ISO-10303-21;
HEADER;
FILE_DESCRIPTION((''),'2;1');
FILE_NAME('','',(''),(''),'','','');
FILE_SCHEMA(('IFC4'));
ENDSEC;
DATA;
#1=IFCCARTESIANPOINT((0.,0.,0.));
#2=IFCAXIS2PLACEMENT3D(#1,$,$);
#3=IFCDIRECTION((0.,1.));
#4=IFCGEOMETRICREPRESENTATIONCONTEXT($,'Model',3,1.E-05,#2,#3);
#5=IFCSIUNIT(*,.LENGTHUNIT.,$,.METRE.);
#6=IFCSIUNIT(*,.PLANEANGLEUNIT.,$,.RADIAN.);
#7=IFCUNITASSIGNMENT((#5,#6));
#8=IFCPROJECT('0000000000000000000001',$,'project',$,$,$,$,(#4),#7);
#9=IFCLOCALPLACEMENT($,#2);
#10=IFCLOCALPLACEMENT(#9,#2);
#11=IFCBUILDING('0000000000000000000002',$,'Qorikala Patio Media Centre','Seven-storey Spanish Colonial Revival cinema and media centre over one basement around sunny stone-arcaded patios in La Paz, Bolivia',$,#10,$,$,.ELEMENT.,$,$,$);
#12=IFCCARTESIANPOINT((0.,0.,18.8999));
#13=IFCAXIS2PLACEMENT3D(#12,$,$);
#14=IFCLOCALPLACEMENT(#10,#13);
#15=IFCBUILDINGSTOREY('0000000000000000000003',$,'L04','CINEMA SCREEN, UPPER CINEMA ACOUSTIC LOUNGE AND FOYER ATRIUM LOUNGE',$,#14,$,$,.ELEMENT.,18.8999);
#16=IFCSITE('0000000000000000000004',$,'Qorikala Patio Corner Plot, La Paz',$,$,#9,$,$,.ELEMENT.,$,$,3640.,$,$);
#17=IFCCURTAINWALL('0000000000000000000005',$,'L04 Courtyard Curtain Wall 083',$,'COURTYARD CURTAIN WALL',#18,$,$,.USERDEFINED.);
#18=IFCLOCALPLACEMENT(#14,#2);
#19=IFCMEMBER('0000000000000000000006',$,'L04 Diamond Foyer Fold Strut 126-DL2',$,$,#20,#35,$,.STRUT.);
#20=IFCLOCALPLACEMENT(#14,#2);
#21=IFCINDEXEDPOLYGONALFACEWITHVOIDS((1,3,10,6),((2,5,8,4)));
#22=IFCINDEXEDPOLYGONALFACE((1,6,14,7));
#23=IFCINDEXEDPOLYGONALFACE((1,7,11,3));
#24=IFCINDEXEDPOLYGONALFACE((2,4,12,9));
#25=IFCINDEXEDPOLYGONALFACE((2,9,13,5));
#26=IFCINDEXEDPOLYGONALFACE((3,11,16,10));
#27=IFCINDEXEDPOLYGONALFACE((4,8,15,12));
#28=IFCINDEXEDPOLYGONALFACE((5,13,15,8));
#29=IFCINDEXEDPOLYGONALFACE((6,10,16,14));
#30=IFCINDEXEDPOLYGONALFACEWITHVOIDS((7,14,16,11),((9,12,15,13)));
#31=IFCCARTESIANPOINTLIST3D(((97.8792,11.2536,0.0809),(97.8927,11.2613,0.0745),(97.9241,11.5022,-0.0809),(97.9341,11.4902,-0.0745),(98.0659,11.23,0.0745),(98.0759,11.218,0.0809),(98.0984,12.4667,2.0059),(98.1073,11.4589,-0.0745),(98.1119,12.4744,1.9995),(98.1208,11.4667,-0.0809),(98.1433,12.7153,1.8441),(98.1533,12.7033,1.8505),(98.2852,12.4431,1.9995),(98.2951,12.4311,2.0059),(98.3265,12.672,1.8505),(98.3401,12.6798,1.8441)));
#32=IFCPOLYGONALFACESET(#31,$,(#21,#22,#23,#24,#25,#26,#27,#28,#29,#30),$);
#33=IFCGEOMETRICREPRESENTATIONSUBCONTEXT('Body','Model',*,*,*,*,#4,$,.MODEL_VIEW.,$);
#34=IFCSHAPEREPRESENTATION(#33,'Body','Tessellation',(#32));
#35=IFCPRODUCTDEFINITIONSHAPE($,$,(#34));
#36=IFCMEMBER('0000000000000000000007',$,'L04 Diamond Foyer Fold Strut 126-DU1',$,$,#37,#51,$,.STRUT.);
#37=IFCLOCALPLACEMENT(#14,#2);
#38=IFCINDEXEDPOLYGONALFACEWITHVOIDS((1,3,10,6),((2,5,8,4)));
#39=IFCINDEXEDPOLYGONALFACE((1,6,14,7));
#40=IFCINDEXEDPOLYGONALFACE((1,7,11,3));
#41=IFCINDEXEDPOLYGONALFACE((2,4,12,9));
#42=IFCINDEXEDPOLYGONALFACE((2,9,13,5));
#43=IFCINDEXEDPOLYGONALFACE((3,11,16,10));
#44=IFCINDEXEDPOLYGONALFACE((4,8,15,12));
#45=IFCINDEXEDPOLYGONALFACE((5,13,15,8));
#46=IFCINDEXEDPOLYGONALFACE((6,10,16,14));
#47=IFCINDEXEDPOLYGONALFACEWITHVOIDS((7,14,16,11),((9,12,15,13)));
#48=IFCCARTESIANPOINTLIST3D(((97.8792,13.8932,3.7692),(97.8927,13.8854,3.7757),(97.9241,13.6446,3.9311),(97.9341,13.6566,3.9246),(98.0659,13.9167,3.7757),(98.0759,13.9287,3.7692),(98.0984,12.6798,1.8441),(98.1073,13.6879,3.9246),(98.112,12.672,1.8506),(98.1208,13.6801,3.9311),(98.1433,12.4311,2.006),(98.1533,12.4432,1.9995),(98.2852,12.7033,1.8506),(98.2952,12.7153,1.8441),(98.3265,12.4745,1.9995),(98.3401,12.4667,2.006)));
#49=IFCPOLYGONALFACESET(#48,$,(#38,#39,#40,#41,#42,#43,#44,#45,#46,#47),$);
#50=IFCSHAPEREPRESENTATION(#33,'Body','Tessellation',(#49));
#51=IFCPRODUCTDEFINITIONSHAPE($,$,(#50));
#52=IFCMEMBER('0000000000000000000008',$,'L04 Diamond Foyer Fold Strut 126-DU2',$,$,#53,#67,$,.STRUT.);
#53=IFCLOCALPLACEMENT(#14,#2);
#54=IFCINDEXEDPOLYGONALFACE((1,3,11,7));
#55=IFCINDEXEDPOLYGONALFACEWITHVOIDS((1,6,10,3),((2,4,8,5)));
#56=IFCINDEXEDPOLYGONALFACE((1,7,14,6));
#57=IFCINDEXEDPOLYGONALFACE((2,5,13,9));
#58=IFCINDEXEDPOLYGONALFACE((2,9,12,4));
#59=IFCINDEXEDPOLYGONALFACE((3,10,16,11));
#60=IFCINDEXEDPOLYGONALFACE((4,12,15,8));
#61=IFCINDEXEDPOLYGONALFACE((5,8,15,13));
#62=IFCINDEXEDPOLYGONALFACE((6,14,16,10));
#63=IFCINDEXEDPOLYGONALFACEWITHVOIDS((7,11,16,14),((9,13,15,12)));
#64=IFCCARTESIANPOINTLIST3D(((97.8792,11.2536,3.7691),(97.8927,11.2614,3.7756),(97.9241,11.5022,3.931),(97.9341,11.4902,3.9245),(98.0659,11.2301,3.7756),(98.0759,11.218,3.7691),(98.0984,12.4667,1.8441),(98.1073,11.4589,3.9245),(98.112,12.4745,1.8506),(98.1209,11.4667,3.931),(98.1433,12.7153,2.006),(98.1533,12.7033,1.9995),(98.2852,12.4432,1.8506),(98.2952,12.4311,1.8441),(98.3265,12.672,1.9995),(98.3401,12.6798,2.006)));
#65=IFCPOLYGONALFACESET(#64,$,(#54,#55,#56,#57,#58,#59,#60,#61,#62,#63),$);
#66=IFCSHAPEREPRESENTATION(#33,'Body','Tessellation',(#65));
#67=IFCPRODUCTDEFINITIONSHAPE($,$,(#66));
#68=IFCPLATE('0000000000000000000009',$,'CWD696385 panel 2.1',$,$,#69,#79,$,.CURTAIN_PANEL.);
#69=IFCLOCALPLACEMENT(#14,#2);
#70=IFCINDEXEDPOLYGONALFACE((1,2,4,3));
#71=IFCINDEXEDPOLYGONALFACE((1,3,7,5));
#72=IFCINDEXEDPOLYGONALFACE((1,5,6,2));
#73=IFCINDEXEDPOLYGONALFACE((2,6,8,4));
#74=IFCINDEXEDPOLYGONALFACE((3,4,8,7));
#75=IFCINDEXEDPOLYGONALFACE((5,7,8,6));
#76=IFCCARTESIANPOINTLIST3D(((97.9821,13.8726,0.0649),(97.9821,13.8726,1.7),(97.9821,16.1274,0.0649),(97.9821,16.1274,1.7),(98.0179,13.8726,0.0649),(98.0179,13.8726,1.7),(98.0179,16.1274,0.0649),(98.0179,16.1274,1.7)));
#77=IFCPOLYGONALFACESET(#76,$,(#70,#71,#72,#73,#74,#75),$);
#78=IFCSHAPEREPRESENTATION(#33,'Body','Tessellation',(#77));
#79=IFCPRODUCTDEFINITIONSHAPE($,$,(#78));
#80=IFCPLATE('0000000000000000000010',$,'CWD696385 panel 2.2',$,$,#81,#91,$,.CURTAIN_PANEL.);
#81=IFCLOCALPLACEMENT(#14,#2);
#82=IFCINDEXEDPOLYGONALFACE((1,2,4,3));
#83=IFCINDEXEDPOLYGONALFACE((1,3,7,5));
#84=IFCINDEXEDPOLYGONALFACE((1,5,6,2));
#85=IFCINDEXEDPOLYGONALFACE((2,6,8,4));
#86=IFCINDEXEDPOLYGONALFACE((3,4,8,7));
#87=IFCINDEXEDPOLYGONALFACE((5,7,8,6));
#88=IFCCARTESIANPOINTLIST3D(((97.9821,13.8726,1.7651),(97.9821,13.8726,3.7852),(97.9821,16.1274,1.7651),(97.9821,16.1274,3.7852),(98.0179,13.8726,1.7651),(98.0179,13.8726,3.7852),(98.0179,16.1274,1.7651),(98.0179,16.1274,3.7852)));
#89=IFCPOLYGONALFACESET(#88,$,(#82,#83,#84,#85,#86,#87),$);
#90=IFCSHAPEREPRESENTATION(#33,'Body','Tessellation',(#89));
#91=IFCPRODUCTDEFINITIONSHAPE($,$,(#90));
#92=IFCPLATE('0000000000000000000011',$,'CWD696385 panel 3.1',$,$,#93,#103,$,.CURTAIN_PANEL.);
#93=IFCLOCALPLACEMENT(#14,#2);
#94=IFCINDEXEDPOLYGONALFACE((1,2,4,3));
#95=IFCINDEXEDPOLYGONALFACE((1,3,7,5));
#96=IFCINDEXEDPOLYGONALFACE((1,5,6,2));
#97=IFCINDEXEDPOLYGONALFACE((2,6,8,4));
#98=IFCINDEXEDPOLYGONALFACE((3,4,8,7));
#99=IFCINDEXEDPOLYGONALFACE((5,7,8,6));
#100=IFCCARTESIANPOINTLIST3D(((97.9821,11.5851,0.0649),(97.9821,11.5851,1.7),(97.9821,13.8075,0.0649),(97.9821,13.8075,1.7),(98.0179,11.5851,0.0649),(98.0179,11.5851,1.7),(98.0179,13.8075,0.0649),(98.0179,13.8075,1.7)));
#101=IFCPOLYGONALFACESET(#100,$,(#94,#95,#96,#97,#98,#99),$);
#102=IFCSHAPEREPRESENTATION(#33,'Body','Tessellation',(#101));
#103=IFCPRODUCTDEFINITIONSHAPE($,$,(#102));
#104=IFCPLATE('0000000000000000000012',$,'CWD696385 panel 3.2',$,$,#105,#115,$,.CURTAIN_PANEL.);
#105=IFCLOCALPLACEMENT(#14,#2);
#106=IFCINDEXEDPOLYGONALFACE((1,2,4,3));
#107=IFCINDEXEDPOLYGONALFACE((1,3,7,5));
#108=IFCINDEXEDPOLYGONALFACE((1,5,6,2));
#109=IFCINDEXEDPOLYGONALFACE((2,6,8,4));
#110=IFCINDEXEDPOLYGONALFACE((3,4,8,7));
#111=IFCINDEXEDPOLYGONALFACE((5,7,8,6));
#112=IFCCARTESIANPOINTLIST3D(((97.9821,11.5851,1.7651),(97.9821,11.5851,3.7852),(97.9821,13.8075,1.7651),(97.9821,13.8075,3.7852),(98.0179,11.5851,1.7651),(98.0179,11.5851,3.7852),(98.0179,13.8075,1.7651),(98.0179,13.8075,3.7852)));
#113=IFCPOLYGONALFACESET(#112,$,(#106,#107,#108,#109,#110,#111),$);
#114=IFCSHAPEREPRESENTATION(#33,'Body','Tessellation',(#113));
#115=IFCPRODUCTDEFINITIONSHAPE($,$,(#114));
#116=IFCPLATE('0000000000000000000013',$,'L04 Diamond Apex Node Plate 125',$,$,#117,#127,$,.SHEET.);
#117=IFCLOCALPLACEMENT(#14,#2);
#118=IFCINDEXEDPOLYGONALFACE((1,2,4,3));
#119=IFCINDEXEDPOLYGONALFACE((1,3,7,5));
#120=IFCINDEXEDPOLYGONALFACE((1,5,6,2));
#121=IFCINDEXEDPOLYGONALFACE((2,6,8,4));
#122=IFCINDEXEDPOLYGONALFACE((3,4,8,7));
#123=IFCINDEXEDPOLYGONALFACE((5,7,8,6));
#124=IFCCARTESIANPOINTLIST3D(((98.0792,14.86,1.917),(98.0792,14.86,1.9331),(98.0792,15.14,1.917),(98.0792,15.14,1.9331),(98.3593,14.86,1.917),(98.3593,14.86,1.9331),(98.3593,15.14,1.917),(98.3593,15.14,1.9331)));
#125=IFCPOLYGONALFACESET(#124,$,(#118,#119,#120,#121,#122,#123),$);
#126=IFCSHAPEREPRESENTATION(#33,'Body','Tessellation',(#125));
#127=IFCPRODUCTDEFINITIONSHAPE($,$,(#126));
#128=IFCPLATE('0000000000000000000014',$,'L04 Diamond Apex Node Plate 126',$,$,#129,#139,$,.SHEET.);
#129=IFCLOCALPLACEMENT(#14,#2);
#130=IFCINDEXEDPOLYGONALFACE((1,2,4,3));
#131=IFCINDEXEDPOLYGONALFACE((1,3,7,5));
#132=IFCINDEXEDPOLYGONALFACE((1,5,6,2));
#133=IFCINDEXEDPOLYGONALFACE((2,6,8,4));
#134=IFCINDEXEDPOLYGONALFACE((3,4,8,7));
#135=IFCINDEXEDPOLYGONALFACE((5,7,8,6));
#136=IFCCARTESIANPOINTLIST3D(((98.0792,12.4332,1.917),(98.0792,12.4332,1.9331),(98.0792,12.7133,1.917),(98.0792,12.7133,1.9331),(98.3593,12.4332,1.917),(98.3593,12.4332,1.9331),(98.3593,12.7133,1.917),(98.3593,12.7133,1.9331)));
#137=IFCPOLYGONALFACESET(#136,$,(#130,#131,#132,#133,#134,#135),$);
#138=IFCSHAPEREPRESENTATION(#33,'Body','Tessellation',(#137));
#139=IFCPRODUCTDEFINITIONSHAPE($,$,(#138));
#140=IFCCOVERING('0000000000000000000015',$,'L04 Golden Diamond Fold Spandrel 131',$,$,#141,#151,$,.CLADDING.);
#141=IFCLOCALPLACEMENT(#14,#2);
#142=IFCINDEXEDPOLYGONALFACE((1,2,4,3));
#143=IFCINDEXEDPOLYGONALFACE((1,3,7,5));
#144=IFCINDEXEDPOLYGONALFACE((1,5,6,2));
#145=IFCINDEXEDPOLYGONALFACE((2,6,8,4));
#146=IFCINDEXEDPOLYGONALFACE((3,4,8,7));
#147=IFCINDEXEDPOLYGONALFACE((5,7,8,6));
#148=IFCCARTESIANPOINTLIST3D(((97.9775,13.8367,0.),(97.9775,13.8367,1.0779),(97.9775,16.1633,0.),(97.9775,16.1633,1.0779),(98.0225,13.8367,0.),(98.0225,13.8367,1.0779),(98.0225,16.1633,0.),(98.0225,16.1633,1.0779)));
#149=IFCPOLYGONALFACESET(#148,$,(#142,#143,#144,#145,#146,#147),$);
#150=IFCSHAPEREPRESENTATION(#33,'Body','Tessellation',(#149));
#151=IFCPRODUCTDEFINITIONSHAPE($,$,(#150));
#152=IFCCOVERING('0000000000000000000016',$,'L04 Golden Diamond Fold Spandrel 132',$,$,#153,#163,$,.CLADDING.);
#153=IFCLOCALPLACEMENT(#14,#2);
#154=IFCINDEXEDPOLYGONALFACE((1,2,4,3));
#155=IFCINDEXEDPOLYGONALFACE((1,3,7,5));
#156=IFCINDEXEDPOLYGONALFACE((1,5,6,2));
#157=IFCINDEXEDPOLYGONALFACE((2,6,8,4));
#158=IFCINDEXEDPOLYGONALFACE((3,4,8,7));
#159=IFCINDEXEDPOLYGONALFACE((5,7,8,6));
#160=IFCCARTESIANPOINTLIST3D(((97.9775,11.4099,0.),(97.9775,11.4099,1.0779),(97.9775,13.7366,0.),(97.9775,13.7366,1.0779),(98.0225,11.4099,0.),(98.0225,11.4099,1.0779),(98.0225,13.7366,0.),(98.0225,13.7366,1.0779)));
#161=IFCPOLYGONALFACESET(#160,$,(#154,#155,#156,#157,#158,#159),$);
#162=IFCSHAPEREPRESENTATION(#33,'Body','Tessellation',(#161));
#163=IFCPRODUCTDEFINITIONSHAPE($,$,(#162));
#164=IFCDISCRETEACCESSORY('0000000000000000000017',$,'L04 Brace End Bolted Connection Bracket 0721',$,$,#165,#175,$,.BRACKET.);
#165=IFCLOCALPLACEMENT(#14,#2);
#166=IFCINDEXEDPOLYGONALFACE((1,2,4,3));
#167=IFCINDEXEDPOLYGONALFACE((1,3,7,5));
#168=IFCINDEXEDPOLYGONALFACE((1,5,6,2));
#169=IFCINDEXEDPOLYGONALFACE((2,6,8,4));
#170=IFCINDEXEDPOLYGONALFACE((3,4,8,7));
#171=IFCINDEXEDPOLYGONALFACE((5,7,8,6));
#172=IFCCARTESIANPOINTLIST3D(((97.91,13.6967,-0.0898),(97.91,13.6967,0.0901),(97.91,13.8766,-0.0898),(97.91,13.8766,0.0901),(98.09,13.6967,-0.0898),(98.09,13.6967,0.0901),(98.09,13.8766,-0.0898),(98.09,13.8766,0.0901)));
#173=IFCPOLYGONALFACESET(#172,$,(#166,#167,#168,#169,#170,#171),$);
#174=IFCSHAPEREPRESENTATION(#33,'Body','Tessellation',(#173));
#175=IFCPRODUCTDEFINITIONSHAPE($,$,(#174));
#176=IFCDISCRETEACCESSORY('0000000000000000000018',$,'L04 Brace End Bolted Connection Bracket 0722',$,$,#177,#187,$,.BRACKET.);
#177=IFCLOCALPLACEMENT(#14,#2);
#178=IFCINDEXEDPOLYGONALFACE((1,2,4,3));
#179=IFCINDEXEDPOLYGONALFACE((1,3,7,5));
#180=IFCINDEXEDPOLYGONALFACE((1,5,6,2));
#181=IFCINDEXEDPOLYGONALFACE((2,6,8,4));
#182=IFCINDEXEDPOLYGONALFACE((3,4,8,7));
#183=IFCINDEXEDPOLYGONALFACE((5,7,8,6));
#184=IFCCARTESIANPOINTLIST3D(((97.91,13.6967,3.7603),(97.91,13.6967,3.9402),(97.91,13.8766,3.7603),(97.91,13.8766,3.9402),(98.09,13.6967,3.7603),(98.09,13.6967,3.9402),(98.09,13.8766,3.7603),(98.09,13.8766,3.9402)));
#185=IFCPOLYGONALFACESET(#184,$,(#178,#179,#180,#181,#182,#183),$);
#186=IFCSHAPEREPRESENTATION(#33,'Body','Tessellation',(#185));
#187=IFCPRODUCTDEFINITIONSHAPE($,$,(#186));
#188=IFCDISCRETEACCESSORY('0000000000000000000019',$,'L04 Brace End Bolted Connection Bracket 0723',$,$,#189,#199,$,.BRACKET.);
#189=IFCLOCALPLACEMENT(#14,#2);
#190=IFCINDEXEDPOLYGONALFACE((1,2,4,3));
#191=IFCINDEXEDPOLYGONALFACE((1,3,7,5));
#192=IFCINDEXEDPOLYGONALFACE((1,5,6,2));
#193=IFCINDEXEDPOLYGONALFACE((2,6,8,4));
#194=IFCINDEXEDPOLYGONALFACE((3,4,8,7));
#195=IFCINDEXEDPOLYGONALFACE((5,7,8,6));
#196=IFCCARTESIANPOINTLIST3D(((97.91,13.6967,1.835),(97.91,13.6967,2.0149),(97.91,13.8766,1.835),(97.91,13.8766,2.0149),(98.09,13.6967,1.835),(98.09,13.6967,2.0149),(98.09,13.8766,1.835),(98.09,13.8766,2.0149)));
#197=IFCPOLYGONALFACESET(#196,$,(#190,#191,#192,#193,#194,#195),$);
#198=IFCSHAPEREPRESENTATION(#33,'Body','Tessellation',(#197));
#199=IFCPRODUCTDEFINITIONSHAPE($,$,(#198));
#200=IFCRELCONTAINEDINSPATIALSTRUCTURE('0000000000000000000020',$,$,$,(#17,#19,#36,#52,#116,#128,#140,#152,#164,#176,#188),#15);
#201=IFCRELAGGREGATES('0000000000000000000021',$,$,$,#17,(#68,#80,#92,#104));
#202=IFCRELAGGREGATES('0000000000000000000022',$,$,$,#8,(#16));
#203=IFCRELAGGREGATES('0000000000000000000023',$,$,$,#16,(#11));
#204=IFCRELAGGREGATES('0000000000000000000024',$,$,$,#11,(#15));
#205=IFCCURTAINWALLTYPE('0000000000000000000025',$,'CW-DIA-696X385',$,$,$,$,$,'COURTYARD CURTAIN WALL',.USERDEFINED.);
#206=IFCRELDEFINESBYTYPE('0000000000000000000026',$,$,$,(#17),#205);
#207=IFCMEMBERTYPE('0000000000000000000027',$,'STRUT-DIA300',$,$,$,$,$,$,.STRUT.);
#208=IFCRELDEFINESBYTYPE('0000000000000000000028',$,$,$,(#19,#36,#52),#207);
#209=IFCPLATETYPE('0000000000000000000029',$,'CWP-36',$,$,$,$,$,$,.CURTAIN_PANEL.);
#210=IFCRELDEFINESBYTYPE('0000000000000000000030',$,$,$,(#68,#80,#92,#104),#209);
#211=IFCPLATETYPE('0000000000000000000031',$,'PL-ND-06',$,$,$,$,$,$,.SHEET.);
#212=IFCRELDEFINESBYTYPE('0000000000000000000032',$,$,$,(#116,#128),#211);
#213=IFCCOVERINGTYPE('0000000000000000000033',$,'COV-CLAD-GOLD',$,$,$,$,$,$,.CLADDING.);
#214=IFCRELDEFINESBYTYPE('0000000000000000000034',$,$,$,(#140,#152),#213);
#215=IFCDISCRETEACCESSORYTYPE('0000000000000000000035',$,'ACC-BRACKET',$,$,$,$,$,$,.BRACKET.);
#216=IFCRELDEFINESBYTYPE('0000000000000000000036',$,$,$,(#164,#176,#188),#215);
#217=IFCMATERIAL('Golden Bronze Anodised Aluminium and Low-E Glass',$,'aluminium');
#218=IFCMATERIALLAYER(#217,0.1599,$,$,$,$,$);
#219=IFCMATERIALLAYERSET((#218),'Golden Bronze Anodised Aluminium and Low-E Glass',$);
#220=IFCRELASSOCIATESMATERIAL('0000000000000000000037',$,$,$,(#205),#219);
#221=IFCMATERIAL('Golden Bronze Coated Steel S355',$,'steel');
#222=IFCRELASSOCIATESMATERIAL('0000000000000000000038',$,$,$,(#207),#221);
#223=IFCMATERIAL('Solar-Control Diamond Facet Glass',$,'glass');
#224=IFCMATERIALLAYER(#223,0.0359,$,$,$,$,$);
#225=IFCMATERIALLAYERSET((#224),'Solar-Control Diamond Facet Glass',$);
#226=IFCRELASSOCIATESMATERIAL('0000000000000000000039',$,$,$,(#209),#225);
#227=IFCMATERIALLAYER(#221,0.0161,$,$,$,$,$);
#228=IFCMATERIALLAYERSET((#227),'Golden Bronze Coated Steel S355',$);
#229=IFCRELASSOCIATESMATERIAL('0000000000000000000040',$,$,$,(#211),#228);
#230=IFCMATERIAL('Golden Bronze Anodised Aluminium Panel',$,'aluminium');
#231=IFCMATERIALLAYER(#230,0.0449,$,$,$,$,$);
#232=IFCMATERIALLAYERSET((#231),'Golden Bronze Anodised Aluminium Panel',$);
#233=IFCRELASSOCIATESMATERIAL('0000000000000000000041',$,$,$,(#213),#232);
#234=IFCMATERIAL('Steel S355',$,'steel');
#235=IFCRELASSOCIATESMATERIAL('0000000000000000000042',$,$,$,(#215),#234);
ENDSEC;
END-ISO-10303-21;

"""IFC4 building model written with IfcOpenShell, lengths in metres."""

from ifc_helpers import new_model, si_unit, direction, frame, origin, origin_2d, place, context, subcontext, project, spatial, rectangle, hollow_rectangle, extrude, material, layer, layer_set, material_profile, profile_set, type_object, element, aggregate, save


model = new_model("IFC4")

# Units and contexts
model_context = context("Model", 3, precision=1e-05, world=origin(), true_north=direction((0.0, 1.0)))
body_context = subcontext(model_context, "Body", "Model", "MODEL_VIEW")
ifc_project = project(units=[si_unit("LENGTHUNIT", "METRE"), si_unit("PLANEANGLEUNIT", "RADIAN")], contexts=[model_context])

# Site, building, storey
site_placement = place(None, origin())
site = spatial("IfcSite", under=ifc_project, at=site_placement, Name="Qorikala Patio Corner Plot, La Paz", CompositionType="ELEMENT", RefElevation=3640.0)
building_placement = place(site_placement, origin())
building = spatial("IfcBuilding", under=site, at=building_placement, Name="Qorikala Patio Media Centre", Description="Seven-storey Spanish Colonial Revival cinema and media centre over one basement around sunny stone-arcaded patios in La Paz, Bolivia", CompositionType="ELEMENT")
storey_placement = place(building_placement, frame((0.0, 0.0, 18.8999)))
storey = spatial("IfcBuildingStorey", under=building, at=storey_placement, Name="L04", Description="CINEMA SCREEN, UPPER CINEMA ACOUSTIC LOUNGE AND FOYER ATRIUM LOUNGE", CompositionType="ELEMENT", Elevation=18.8999)

# Shared definitions
ifc_material_1 = material(Name="Golden Bronze Coated Steel S355", Category="steel")

# Curtain wall
ifc_material_2 = material(Name="Golden Bronze Anodised Aluminium and Low-E Glass", Category="aluminium")
ifc_layer_1 = layer(ifc_material_2, 0.1599)
ifc_layer_set_1 = layer_set([ifc_layer_1], Name="Golden Bronze Anodised Aluminium and Low-E Glass")
curtain_wall_type = type_object("IfcCurtainWallType", Name="CW-DIA-696X385", ElementType="COURTYARD CURTAIN WALL", PredefinedType="USERDEFINED", material=ifc_layer_set_1)
curtain_wall_placement = place(storey_placement, origin())
curtain_wall = element("IfcCurtainWall", 1, at=curtain_wall_placement, inside=storey, type_object=curtain_wall_type, Name="L04 Courtyard Curtain Wall 083", ObjectType="COURTYARD CURTAIN WALL", PredefinedType="USERDEFINED")

# Members
ifc_material_profile_1 = material_profile(ifc_material_1, hollow_rectangle(XDim=0.2, YDim=0.3, WallThickness=0.012, at=origin_2d()), Name="HSS300X200X12")
ifc_profile_set_1 = profile_set([ifc_material_profile_1], Name="Golden Bronze Coated Steel S355")
member_type_1 = type_object("IfcMemberType", Name="STRUT-DIA300", PredefinedType="STRUT", material=ifc_profile_set_1)
member_1_placement = place(storey_placement, frame((98.0, 11.3601, 0.0), z_axis=(0.095907, 0.530691, 0.842121), x_axis=(-0.984059, 0.17784, 0.0)))
element("IfcMember", 2, at=member_1_placement, inside=storey, type_object=member_type_1, Name="L04 Diamond Foyer Fold Strut 126-DL2", PredefinedType="STRUT", context=body_context, shape_type="SweptSolid", body=[
    extrude(hollow_rectangle(XDim=0.2, YDim=0.3, WallThickness=0.012, at=origin_2d()), origin(), (0.0, 0.0, 1.0), 2.2859),
])
member_2_placement = place(storey_placement, frame((98.2192, 12.5732, 1.925), z_axis=(-0.095901, 0.530768, 0.842074), x_axis=(-0.984066, -0.177805, 0.0)))
element("IfcMember", 3, at=member_2_placement, inside=storey, type_object=member_type_1, Name="L04 Diamond Foyer Fold Strut 126-DU1", PredefinedType="STRUT", context=body_context, shape_type="SweptSolid", body=[
    extrude(hollow_rectangle(XDim=0.2, YDim=0.3, WallThickness=0.012, at=origin_2d()), origin(), (0.0, 0.0, 1.0), 2.2861),
])
member_3_placement = place(storey_placement, frame((98.2192, 12.5732, 1.925), z_axis=(-0.095907, -0.530691, 0.842121), x_axis=(0.984059, -0.17784, 0.0)))
element("IfcMember", 4, at=member_3_placement, inside=storey, type_object=member_type_1, Name="L04 Diamond Foyer Fold Strut 126-DU2", PredefinedType="STRUT", context=body_context, shape_type="SweptSolid", body=[
    extrude(hollow_rectangle(XDim=0.2, YDim=0.3, WallThickness=0.012, at=origin_2d()), origin(), (0.0, 0.0, 1.0), 2.2859),
])

# Plates
ifc_material_3 = material(Name="Solar-Control Diamond Facet Glass", Category="glass")
ifc_layer_2 = layer(ifc_material_3, 0.0359)
ifc_layer_set_2 = layer_set([ifc_layer_2], Name="Solar-Control Diamond Facet Glass")
plate_type_1 = type_object("IfcPlateType", Name="CWP-36", PredefinedType="CURTAIN_PANEL", material=ifc_layer_set_2)
plate_1_placement = place(storey_placement, frame((98.0, 15.0, 0.0649), z_axis=(0.0, 0.0, 1.0), x_axis=(0.0, -1.0, 0.0)))
plate_1 = element("IfcPlate", 5, at=plate_1_placement, type_object=plate_type_1, Name="CWD696385 panel 2.1", PredefinedType="CURTAIN_PANEL", context=body_context, shape_type="SweptSolid", body=[
    extrude(rectangle(XDim=2.2549, YDim=0.0359, at=origin_2d()), origin(), (0.0, 0.0, 1.0), 1.635),
])
plate_2_placement = place(storey_placement, frame((98.0, 15.0, 1.7651), z_axis=(0.0, 0.0, 1.0), x_axis=(0.0, -1.0, 0.0)))
plate_2 = element("IfcPlate", 6, at=plate_2_placement, type_object=plate_type_1, Name="CWD696385 panel 2.2", PredefinedType="CURTAIN_PANEL", context=body_context, shape_type="SweptSolid", body=[
    extrude(rectangle(XDim=2.2549, YDim=0.0359, at=origin_2d()), origin(), (0.0, 0.0, 1.0), 2.02),
])
plate_3_placement = place(storey_placement, frame((98.0, 12.6963, 0.0649), z_axis=(0.0, 0.0, 1.0), x_axis=(0.0, -1.0, 0.0)))
plate_3 = element("IfcPlate", 7, at=plate_3_placement, type_object=plate_type_1, Name="CWD696385 panel 3.1", PredefinedType="CURTAIN_PANEL", context=body_context, shape_type="SweptSolid", body=[
    extrude(rectangle(XDim=2.2224, YDim=0.0359, at=origin_2d()), origin(), (0.0, 0.0, 1.0), 1.635),
])
plate_4_placement = place(storey_placement, frame((98.0, 12.6963, 1.7651), z_axis=(0.0, 0.0, 1.0), x_axis=(0.0, -1.0, 0.0)))
plate_4 = element("IfcPlate", 8, at=plate_4_placement, type_object=plate_type_1, Name="CWD696385 panel 3.2", PredefinedType="CURTAIN_PANEL", context=body_context, shape_type="SweptSolid", body=[
    extrude(rectangle(XDim=2.2224, YDim=0.0359, at=origin_2d()), origin(), (0.0, 0.0, 1.0), 2.02),
])
aggregate(curtain_wall, [plate_1, plate_2, plate_3, plate_4])

# Plates
ifc_layer_3 = layer(ifc_material_1, 0.0161)
ifc_layer_set_3 = layer_set([ifc_layer_3], Name="Golden Bronze Coated Steel S355")
plate_type_2 = type_object("IfcPlateType", Name="PL-ND-06", PredefinedType="SHEET", material=ifc_layer_set_3)
for number, where, z_axis, x_axis, name in (
    (9, (98.2192, 15.0, 1.917), (0.0, 0.0, 1.0), (0.0, -1.0, 0.0), "L04 Diamond Apex Node Plate 125"),
    (10, (98.2192, 12.5732, 1.917), (0.0, 0.0, 1.0), (0.0, -1.0, 0.0), "L04 Diamond Apex Node Plate 126"),
):
    element("IfcPlate", number, at=place(storey_placement, frame(where, z_axis=z_axis, x_axis=x_axis)), inside=storey, type_object=plate_type_2, Name=name, PredefinedType="SHEET", context=body_context, shape_type="SweptSolid", body=[
        extrude(rectangle(XDim=0.28, YDim=0.28, at=origin_2d()), origin(), (0.0, 0.0, 1.0), 0.0161),
    ])

# Coverings
ifc_material_4 = material(Name="Golden Bronze Anodised Aluminium Panel", Category="aluminium")
ifc_layer_4 = layer(ifc_material_4, 0.0449)
ifc_layer_set_4 = layer_set([ifc_layer_4], Name="Golden Bronze Anodised Aluminium Panel")
covering_type = type_object("IfcCoveringType", Name="COV-CLAD-GOLD", PredefinedType="CLADDING", material=ifc_layer_set_4)
for number, where, z_axis, x_axis, name in (
    (11, (98.0, 15.0, 0.0), (0.0, 0.0, 1.0), (0.0, -1.0, 0.0), "L04 Golden Diamond Fold Spandrel 131"),
    (12, (98.0, 12.5732, 0.0), (0.0, 0.0, 1.0), (0.0, -1.0, 0.0), "L04 Golden Diamond Fold Spandrel 132"),
):
    element("IfcCovering", number, at=place(storey_placement, frame(where, z_axis=z_axis, x_axis=x_axis)), inside=storey, type_object=covering_type, Name=name, PredefinedType="CLADDING", context=body_context, shape_type="SweptSolid", body=[
        extrude(rectangle(XDim=2.3267, YDim=0.0449, at=origin_2d()), origin(), (0.0, 0.0, 1.0), 1.0779),
    ])

# Discrete accessories
ifc_material_5 = material(Name="Steel S355", Category="steel")
discrete_accessory_type = type_object("IfcDiscreteAccessoryType", Name="ACC-BRACKET", PredefinedType="BRACKET", material=ifc_material_5)
for number, where, z_axis, x_axis, name in (
    (13, (98.0, 13.7866, -0.0898), (0.0, 0.0, 1.0), (1.0, 0.0, 0.0), "L04 Brace End Bolted Connection Bracket 0721"),
    (14, (98.0, 13.7866, 3.7603), (0.0, 0.0, 1.0), (1.0, 0.0, 0.0), "L04 Brace End Bolted Connection Bracket 0722"),
    (15, (98.0, 13.7866, 1.835), (0.0, 0.0, 1.0), (1.0, 0.0, 0.0), "L04 Brace End Bolted Connection Bracket 0723"),
):
    element("IfcDiscreteAccessory", number, at=place(storey_placement, frame(where, z_axis=z_axis, x_axis=x_axis)), inside=storey, type_object=discrete_accessory_type, Name=name, PredefinedType="BRACKET", context=body_context, shape_type="SweptSolid", body=[
        extrude(rectangle(XDim=0.1799, YDim=0.1799, at=origin_2d()), origin(), (0.0, 0.0, 1.0), 0.1799),
    ])

save(model, "model.ifc")
